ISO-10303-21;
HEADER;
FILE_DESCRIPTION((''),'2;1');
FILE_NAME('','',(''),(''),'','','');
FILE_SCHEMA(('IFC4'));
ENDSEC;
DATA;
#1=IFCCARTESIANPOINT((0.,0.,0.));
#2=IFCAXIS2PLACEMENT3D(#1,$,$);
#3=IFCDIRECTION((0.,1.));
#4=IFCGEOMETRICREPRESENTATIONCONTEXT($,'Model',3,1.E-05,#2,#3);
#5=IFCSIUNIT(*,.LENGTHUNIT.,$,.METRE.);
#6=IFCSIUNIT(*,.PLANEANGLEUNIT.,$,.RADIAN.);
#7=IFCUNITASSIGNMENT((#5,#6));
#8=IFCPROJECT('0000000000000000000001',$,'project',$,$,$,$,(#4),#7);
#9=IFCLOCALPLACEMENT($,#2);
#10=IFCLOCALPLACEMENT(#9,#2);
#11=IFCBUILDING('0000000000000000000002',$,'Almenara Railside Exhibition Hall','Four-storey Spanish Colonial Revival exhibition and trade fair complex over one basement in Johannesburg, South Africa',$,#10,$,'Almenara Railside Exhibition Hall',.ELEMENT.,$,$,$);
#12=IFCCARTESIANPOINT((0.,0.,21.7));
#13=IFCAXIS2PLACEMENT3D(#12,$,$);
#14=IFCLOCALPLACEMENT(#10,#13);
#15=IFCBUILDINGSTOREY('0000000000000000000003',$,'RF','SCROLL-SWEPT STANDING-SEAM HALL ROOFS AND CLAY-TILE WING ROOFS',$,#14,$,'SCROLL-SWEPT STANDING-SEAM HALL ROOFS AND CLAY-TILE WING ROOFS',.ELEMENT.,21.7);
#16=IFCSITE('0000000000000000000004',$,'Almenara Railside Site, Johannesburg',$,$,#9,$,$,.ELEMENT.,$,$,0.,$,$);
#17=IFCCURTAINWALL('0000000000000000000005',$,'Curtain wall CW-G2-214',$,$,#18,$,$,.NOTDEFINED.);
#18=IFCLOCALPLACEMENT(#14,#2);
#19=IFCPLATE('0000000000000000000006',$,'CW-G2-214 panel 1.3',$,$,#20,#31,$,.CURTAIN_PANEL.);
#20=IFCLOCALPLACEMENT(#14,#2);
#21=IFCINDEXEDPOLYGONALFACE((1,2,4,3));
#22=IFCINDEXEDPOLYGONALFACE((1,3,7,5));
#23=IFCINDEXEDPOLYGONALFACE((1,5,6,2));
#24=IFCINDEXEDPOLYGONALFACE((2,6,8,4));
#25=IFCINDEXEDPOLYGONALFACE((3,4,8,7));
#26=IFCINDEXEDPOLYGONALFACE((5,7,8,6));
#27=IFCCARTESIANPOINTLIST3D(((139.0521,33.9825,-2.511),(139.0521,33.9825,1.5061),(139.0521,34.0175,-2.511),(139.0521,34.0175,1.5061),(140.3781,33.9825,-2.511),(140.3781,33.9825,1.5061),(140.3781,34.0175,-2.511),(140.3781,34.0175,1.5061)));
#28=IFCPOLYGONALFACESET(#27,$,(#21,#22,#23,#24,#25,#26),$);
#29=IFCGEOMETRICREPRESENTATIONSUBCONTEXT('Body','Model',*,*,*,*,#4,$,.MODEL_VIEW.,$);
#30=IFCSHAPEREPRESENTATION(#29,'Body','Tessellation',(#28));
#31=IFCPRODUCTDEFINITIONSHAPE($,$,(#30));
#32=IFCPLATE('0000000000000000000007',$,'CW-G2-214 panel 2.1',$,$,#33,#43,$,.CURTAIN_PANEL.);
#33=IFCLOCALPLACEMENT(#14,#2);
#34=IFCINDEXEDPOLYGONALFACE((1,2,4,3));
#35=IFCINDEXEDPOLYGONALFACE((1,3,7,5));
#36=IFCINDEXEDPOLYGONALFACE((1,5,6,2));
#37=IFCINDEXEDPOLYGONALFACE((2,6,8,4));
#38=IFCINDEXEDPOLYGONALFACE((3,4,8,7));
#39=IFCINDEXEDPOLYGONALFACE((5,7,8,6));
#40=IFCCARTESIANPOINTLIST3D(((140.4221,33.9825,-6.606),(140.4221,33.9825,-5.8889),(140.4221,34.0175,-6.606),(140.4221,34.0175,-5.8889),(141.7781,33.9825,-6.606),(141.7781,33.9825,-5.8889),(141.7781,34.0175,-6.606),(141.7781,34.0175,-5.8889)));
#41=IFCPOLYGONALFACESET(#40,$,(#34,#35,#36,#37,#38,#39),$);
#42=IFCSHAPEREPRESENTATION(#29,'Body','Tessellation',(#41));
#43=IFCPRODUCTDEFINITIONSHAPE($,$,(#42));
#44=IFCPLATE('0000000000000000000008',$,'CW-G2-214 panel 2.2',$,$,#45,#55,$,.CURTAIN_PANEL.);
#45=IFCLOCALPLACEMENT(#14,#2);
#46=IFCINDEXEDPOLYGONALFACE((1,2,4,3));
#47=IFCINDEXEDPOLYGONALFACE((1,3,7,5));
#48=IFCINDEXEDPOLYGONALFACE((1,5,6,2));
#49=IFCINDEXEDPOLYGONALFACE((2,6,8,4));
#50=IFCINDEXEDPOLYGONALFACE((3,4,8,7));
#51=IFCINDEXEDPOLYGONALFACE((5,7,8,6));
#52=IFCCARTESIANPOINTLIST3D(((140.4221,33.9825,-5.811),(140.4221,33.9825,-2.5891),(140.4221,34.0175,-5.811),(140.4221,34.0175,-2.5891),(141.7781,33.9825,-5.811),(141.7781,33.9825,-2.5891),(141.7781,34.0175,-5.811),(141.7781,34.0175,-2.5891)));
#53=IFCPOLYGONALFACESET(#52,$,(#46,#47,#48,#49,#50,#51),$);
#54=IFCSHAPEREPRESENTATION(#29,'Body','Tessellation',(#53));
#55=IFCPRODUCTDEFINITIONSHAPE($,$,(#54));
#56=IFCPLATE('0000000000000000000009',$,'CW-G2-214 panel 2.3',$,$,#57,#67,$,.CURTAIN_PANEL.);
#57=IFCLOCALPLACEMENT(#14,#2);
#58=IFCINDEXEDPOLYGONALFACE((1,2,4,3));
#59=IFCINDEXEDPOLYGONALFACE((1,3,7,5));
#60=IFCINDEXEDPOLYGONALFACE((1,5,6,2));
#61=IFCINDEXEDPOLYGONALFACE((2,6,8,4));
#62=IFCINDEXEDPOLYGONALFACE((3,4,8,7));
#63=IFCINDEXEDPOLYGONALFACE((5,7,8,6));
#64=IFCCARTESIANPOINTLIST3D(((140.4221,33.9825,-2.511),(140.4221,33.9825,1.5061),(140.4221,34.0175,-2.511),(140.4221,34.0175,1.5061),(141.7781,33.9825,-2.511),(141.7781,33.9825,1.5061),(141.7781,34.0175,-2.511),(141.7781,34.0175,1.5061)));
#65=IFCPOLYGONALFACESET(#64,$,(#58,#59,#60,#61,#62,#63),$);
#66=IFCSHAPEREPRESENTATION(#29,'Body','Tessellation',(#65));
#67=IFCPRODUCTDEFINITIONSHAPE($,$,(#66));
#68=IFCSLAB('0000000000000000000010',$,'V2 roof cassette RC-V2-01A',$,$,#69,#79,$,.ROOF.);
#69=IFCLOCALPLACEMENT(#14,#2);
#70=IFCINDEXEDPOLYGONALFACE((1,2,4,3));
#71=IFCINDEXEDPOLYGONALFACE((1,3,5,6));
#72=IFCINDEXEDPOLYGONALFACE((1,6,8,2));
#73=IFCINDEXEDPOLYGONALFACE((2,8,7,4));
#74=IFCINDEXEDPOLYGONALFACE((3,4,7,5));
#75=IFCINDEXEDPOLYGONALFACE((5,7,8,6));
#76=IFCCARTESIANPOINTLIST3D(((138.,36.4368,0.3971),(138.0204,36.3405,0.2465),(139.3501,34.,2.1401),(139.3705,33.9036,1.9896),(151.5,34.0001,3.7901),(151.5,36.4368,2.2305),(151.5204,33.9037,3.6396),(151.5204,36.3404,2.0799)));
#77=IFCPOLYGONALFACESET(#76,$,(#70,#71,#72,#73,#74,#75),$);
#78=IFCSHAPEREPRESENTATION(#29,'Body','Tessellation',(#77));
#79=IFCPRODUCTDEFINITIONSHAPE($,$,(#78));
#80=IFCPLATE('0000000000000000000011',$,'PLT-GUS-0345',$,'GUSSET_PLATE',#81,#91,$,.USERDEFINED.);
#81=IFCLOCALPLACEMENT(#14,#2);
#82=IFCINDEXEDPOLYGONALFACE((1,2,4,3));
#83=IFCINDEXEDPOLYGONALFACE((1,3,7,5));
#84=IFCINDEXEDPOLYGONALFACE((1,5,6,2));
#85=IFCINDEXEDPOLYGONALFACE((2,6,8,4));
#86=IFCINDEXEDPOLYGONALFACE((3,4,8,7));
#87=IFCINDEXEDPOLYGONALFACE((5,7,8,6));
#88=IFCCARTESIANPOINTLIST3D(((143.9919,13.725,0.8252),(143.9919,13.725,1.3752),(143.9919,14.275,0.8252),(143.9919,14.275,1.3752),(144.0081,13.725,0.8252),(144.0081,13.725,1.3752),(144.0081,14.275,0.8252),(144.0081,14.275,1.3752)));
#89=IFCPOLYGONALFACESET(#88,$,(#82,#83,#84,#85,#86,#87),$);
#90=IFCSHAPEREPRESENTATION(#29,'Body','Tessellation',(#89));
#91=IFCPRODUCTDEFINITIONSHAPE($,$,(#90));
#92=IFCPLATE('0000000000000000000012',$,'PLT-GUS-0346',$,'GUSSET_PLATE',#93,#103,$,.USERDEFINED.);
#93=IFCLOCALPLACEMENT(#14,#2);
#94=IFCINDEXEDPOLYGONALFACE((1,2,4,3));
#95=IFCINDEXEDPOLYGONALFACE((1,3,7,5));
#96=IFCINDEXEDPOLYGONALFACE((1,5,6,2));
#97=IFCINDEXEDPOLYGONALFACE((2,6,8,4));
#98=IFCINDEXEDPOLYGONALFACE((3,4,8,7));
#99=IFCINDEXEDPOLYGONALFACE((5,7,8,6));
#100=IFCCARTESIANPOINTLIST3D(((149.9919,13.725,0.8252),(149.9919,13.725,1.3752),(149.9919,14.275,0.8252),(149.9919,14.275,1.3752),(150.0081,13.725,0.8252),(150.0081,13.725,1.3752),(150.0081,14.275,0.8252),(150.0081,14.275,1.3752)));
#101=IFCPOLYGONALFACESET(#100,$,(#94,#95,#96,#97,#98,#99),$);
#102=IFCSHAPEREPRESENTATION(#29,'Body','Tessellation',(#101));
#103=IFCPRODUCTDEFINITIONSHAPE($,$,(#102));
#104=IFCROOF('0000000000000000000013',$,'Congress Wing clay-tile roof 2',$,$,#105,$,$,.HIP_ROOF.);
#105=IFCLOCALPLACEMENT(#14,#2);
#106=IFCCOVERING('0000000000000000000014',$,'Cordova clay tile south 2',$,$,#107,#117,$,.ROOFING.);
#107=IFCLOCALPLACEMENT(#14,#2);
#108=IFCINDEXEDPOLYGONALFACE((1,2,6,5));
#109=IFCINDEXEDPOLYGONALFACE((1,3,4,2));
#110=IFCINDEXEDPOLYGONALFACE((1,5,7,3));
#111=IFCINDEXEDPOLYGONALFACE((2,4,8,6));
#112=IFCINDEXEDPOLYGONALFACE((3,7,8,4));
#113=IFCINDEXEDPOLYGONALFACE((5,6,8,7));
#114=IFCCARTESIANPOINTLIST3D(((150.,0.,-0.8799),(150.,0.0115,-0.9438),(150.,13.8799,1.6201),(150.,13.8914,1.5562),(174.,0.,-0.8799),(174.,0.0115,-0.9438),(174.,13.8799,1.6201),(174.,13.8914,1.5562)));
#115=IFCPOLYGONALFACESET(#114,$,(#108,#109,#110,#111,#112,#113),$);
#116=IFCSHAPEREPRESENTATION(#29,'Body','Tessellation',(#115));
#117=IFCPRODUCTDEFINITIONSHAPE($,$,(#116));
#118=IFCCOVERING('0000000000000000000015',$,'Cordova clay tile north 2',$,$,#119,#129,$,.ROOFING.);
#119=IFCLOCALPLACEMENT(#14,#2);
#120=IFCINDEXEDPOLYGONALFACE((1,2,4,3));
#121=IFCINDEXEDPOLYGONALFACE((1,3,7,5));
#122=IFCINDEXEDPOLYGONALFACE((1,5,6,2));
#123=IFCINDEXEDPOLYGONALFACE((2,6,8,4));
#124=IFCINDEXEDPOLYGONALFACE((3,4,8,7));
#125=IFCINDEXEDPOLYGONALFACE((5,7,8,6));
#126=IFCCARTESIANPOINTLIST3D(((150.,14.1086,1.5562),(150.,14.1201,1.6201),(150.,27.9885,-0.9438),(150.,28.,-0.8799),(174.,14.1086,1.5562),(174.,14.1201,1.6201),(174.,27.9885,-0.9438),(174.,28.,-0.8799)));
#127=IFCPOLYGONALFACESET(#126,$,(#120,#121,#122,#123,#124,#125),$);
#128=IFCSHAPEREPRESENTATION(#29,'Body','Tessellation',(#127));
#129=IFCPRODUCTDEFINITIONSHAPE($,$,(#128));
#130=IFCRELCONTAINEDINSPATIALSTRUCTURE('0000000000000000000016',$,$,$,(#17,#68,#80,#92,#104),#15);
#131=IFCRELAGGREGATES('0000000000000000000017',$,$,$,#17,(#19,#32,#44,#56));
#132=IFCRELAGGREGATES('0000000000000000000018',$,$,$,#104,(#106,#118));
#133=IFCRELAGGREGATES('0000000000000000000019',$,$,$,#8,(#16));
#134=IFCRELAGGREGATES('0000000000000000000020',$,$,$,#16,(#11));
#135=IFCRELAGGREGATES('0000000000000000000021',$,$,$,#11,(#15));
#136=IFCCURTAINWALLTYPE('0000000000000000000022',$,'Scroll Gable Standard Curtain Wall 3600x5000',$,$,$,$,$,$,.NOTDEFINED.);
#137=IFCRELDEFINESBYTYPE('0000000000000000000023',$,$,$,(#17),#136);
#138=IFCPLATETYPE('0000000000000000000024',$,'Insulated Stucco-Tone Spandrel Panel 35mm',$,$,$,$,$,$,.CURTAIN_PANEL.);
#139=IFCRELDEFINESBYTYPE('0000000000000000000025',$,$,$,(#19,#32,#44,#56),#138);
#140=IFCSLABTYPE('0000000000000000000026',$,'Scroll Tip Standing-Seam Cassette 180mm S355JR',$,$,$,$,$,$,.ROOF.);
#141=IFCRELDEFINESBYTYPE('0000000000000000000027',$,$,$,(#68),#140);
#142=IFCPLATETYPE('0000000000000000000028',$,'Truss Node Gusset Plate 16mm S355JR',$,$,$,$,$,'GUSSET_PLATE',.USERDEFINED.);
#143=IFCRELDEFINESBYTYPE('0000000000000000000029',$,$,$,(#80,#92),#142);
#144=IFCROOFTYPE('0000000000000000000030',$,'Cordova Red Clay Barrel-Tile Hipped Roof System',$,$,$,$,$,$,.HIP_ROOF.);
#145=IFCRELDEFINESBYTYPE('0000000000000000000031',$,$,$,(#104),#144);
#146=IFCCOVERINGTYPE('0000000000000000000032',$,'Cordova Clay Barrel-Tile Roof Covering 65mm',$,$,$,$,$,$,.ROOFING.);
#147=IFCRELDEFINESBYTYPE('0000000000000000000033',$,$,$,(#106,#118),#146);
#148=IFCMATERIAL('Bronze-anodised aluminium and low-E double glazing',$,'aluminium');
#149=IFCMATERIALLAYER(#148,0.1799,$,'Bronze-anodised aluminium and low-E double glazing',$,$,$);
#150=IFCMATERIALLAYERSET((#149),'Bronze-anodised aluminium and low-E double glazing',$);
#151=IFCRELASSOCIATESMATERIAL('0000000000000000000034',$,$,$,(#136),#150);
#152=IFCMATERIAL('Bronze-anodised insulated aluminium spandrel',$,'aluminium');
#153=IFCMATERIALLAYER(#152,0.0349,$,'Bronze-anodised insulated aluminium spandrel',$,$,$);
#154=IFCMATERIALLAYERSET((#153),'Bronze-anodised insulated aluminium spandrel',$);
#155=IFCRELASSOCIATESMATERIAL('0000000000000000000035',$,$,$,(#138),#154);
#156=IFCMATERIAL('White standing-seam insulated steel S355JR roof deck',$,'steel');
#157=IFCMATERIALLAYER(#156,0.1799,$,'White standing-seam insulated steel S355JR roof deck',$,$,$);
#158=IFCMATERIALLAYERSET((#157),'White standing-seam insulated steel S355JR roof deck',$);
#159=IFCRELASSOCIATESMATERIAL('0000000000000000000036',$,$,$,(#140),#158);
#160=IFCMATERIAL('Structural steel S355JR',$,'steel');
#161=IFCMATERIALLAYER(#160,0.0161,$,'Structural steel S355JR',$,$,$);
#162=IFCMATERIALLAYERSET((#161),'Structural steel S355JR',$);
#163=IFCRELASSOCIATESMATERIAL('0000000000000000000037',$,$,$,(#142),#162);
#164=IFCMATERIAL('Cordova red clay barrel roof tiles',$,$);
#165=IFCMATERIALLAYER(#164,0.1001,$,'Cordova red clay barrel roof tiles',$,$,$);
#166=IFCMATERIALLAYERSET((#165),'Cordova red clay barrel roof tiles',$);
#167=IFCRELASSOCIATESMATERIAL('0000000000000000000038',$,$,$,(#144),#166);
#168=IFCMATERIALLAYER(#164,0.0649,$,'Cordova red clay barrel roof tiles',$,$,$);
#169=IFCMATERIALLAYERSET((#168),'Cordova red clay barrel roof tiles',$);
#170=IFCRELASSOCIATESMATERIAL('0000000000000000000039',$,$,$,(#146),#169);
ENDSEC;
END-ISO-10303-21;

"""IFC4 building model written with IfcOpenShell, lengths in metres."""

from ifc_helpers import new_model, si_unit, direction, frame, origin, origin_2d, place, context, subcontext, project, spatial, polyline, rectangle, outline, extrude, material, layer, layer_set, type_object, element, aggregate, save


model = new_model("IFC4")

# Units and contexts
model_context = context("Model", 3, precision=1e-05, world=origin(), true_north=direction((0.0, 1.0)))
body_context = subcontext(model_context, "Body", "Model", "MODEL_VIEW")
ifc_project = project(units=[si_unit("LENGTHUNIT", "METRE"), si_unit("PLANEANGLEUNIT", "RADIAN")], contexts=[model_context])

# Site, building, storey
site_placement = place(None, origin())
site = spatial("IfcSite", under=ifc_project, at=site_placement, Name="Almenara Railside Site, Johannesburg", CompositionType="ELEMENT", RefElevation=0.0)
building_placement = place(site_placement, origin())
building = spatial("IfcBuilding", under=site, at=building_placement, Name="Almenara Railside Exhibition Hall", Description="Four-storey Spanish Colonial Revival exhibition and trade fair complex over one basement in Johannesburg, South Africa", LongName="Almenara Railside Exhibition Hall", CompositionType="ELEMENT")
storey_placement = place(building_placement, frame((0.0, 0.0, 21.7)))
storey = spatial("IfcBuildingStorey", under=building, at=storey_placement, Name="RF", Description="SCROLL-SWEPT STANDING-SEAM HALL ROOFS AND CLAY-TILE WING ROOFS", LongName="SCROLL-SWEPT STANDING-SEAM HALL ROOFS AND CLAY-TILE WING ROOFS", CompositionType="ELEMENT", Elevation=21.7)

# Shared definitions
ifc_material_1 = material(Name="Structural steel S355JR", Category="steel")

# Curtain wall
ifc_material_2 = material(Name="Bronze-anodised aluminium and low-E double glazing", Category="aluminium")
ifc_layer_1 = layer(ifc_material_2, 0.1799, Name="Bronze-anodised aluminium and low-E double glazing")
ifc_layer_set_1 = layer_set([ifc_layer_1], Name="Bronze-anodised aluminium and low-E double glazing")
curtain_wall_type = type_object("IfcCurtainWallType", Name="Scroll Gable Standard Curtain Wall 3600x5000", PredefinedType="NOTDEFINED", material=ifc_layer_set_1)
curtain_wall_placement = place(storey_placement, origin())
curtain_wall = element("IfcCurtainWall", 1, at=curtain_wall_placement, inside=storey, type_object=curtain_wall_type, Name="Curtain wall CW-G2-214", PredefinedType="NOTDEFINED")

# Plates
ifc_material_3 = material(Name="Bronze-anodised insulated aluminium spandrel", Category="aluminium")
ifc_layer_2 = layer(ifc_material_3, 0.0349, Name="Bronze-anodised insulated aluminium spandrel")
ifc_layer_set_2 = layer_set([ifc_layer_2], Name="Bronze-anodised insulated aluminium spandrel")
plate_type_1 = type_object("IfcPlateType", Name="Insulated Stucco-Tone Spandrel Panel 35mm", PredefinedType="CURTAIN_PANEL", material=ifc_layer_set_2)
plate_1_placement = place(storey_placement, frame((139.7151, 34.0, -2.511), z_axis=(0.0, 0.0, 1.0), x_axis=(1.0, 0.0, 0.0)))
plate_1 = element("IfcPlate", 2, at=plate_1_placement, type_object=plate_type_1, Name="CW-G2-214 panel 1.3", PredefinedType="CURTAIN_PANEL", context=body_context, shape_type="SweptSolid", body=[
    extrude(rectangle(XDim=1.3259, YDim=0.0349, at=origin_2d()), origin(), (0.0, 0.0, 1.0), 4.0171),
])
plate_2_placement = place(storey_placement, frame((141.1001, 34.0, -6.606), z_axis=(0.0, 0.0, 1.0), x_axis=(1.0, 0.0, 0.0)))
plate_2 = element("IfcPlate", 3, at=plate_2_placement, type_object=plate_type_1, Name="CW-G2-214 panel 2.1", PredefinedType="CURTAIN_PANEL", context=body_context, shape_type="SweptSolid", body=[
    extrude(rectangle(XDim=1.356, YDim=0.0349, at=origin_2d()), origin(), (0.0, 0.0, 1.0), 0.717),
])
plate_3_placement = place(storey_placement, frame((141.1001, 34.0, -5.811), z_axis=(0.0, 0.0, 1.0), x_axis=(1.0, 0.0, 0.0)))
plate_3 = element("IfcPlate", 4, at=plate_3_placement, type_object=plate_type_1, Name="CW-G2-214 panel 2.2", PredefinedType="CURTAIN_PANEL", context=body_context, shape_type="SweptSolid", body=[
    extrude(rectangle(XDim=1.356, YDim=0.0349, at=origin_2d()), origin(), (0.0, 0.0, 1.0), 3.2219),
])
plate_4_placement = place(storey_placement, frame((141.1001, 34.0, -2.511), z_axis=(0.0, 0.0, 1.0), x_axis=(1.0, 0.0, 0.0)))
plate_4 = element("IfcPlate", 5, at=plate_4_placement, type_object=plate_type_1, Name="CW-G2-214 panel 2.3", PredefinedType="CURTAIN_PANEL", context=body_context, shape_type="SweptSolid", body=[
    extrude(rectangle(XDim=1.356, YDim=0.0349, at=origin_2d()), origin(), (0.0, 0.0, 1.0), 4.0171),
])
aggregate(curtain_wall, [plate_1, plate_2, plate_3, plate_4])

# Slab
ifc_material_4 = material(Name="White standing-seam insulated steel S355JR roof deck", Category="steel")
ifc_layer_3 = layer(ifc_material_4, 0.1799, Name="White standing-seam insulated steel S355JR roof deck")
ifc_layer_set_3 = layer_set([ifc_layer_3], Name="White standing-seam insulated steel S355JR roof deck")
slab_type_1 = type_object("IfcSlabType", Name="Scroll Tip Standing-Seam Cassette 180mm S355JR", PredefinedType="ROOF", material=ifc_layer_set_3)
slab_placement = place(storey_placement, frame((139.3501, 34.0, 2.1401), z_axis=(-0.113641, 0.535601, 0.83679), x_axis=(0.990904, 0.000004, 0.134567)))
element("IfcSlab", 6, at=slab_placement, inside=storey, type_object=slab_type_1, Name="V2 roof cassette RC-V2-01A", PredefinedType="ROOF", context=body_context, shape_type="SweptSolid", body=[
    extrude(outline(polyline([(0.0, 0.0), (12.2614, 0.0), (12.0516, 2.8855), (-1.5724, 2.8856), (0.0, 0.0)])), origin(), (0.0, 0.0, -1.0), 0.1799),
])

# Plates
ifc_layer_4 = layer(ifc_material_1, 0.0161, Name="Structural steel S355JR")
ifc_layer_set_4 = layer_set([ifc_layer_4], Name="Structural steel S355JR")
plate_type_2 = type_object("IfcPlateType", Name="Truss Node Gusset Plate 16mm S355JR", ElementType="GUSSET_PLATE", PredefinedType="USERDEFINED", material=ifc_layer_set_4)
for number, where, z_axis, x_axis, name in (
    (7, (144.0, 14.0, 0.8252), (0.0, 0.0, 1.0), (0.0, 1.0, 0.0), "PLT-GUS-0345"),
    (8, (150.0, 14.0, 0.8252), (0.0, 0.0, 1.0), (0.0, 1.0, 0.0), "PLT-GUS-0346"),
):
    element("IfcPlate", number, at=place(storey_placement, frame(where, z_axis=z_axis, x_axis=x_axis)), inside=storey, type_object=plate_type_2, Name=name, ObjectType="GUSSET_PLATE", PredefinedType="USERDEFINED", context=body_context, shape_type="SweptSolid", body=[
        extrude(rectangle(XDim=0.55, YDim=0.0161, at=origin_2d()), origin(), (0.0, 0.0, 1.0), 0.55),
    ])

# Roof, coverings
ifc_material_5 = material(Name="Cordova red clay barrel roof tiles")
ifc_layer_5 = layer(ifc_material_5, 0.1001, Name="Cordova red clay barrel roof tiles")
ifc_layer_set_5 = layer_set([ifc_layer_5], Name="Cordova red clay barrel roof tiles")
roof_type = type_object("IfcRoofType", Name="Cordova Red Clay Barrel-Tile Hipped Roof System", PredefinedType="HIP_ROOF", material=ifc_layer_set_5)
roof_placement = place(storey_placement, origin())
roof = element("IfcRoof", 9, at=roof_placement, inside=storey, type_object=roof_type, Name="Congress Wing clay-tile roof 2", PredefinedType="HIP_ROOF")
ifc_layer_6 = layer(ifc_material_5, 0.0649, Name="Cordova red clay barrel roof tiles")
ifc_layer_set_6 = layer_set([ifc_layer_6], Name="Cordova red clay barrel roof tiles")
covering_type = type_object("IfcCoveringType", Name="Cordova Clay Barrel-Tile Roof Covering 65mm", PredefinedType="ROOFING", material=ifc_layer_set_6)
covering_1_placement = place(storey_placement, frame((150.0, 0.0, -0.8799), z_axis=(0.0, -0.177264, 0.984163), x_axis=(1.0, 0.0, 0.0)))
covering_1 = element("IfcCovering", 10, at=covering_1_placement, type_object=covering_type, Name="Cordova clay tile south 2", PredefinedType="ROOFING", context=body_context, shape_type="SweptSolid", body=[
    extrude(outline(polyline([(0.0, 0.0), (24.0, 0.0), (24.0, 14.1032), (0.0, 14.1032), (0.0, 0.0)])), origin(), (0.0, 0.0, -1.0), 0.0649),
])
covering_2_placement = place(storey_placement, frame((150.0, 14.1201, 1.6201), z_axis=(0.0, 0.177264, 0.984163), x_axis=(1.0, 0.0, 0.0)))
covering_2 = element("IfcCovering", 11, at=covering_2_placement, type_object=covering_type, Name="Cordova clay tile north 2", PredefinedType="ROOFING", context=body_context, shape_type="SweptSolid", body=[
    extrude(outline(polyline([(0.0, 0.0), (24.0, 0.0), (24.0, 14.1032), (0.0, 14.1032), (0.0, 0.0)])), origin(), (0.0, 0.0, -1.0), 0.0649),
])
aggregate(roof, [covering_1, covering_2])

save(model, "model.ifc")
